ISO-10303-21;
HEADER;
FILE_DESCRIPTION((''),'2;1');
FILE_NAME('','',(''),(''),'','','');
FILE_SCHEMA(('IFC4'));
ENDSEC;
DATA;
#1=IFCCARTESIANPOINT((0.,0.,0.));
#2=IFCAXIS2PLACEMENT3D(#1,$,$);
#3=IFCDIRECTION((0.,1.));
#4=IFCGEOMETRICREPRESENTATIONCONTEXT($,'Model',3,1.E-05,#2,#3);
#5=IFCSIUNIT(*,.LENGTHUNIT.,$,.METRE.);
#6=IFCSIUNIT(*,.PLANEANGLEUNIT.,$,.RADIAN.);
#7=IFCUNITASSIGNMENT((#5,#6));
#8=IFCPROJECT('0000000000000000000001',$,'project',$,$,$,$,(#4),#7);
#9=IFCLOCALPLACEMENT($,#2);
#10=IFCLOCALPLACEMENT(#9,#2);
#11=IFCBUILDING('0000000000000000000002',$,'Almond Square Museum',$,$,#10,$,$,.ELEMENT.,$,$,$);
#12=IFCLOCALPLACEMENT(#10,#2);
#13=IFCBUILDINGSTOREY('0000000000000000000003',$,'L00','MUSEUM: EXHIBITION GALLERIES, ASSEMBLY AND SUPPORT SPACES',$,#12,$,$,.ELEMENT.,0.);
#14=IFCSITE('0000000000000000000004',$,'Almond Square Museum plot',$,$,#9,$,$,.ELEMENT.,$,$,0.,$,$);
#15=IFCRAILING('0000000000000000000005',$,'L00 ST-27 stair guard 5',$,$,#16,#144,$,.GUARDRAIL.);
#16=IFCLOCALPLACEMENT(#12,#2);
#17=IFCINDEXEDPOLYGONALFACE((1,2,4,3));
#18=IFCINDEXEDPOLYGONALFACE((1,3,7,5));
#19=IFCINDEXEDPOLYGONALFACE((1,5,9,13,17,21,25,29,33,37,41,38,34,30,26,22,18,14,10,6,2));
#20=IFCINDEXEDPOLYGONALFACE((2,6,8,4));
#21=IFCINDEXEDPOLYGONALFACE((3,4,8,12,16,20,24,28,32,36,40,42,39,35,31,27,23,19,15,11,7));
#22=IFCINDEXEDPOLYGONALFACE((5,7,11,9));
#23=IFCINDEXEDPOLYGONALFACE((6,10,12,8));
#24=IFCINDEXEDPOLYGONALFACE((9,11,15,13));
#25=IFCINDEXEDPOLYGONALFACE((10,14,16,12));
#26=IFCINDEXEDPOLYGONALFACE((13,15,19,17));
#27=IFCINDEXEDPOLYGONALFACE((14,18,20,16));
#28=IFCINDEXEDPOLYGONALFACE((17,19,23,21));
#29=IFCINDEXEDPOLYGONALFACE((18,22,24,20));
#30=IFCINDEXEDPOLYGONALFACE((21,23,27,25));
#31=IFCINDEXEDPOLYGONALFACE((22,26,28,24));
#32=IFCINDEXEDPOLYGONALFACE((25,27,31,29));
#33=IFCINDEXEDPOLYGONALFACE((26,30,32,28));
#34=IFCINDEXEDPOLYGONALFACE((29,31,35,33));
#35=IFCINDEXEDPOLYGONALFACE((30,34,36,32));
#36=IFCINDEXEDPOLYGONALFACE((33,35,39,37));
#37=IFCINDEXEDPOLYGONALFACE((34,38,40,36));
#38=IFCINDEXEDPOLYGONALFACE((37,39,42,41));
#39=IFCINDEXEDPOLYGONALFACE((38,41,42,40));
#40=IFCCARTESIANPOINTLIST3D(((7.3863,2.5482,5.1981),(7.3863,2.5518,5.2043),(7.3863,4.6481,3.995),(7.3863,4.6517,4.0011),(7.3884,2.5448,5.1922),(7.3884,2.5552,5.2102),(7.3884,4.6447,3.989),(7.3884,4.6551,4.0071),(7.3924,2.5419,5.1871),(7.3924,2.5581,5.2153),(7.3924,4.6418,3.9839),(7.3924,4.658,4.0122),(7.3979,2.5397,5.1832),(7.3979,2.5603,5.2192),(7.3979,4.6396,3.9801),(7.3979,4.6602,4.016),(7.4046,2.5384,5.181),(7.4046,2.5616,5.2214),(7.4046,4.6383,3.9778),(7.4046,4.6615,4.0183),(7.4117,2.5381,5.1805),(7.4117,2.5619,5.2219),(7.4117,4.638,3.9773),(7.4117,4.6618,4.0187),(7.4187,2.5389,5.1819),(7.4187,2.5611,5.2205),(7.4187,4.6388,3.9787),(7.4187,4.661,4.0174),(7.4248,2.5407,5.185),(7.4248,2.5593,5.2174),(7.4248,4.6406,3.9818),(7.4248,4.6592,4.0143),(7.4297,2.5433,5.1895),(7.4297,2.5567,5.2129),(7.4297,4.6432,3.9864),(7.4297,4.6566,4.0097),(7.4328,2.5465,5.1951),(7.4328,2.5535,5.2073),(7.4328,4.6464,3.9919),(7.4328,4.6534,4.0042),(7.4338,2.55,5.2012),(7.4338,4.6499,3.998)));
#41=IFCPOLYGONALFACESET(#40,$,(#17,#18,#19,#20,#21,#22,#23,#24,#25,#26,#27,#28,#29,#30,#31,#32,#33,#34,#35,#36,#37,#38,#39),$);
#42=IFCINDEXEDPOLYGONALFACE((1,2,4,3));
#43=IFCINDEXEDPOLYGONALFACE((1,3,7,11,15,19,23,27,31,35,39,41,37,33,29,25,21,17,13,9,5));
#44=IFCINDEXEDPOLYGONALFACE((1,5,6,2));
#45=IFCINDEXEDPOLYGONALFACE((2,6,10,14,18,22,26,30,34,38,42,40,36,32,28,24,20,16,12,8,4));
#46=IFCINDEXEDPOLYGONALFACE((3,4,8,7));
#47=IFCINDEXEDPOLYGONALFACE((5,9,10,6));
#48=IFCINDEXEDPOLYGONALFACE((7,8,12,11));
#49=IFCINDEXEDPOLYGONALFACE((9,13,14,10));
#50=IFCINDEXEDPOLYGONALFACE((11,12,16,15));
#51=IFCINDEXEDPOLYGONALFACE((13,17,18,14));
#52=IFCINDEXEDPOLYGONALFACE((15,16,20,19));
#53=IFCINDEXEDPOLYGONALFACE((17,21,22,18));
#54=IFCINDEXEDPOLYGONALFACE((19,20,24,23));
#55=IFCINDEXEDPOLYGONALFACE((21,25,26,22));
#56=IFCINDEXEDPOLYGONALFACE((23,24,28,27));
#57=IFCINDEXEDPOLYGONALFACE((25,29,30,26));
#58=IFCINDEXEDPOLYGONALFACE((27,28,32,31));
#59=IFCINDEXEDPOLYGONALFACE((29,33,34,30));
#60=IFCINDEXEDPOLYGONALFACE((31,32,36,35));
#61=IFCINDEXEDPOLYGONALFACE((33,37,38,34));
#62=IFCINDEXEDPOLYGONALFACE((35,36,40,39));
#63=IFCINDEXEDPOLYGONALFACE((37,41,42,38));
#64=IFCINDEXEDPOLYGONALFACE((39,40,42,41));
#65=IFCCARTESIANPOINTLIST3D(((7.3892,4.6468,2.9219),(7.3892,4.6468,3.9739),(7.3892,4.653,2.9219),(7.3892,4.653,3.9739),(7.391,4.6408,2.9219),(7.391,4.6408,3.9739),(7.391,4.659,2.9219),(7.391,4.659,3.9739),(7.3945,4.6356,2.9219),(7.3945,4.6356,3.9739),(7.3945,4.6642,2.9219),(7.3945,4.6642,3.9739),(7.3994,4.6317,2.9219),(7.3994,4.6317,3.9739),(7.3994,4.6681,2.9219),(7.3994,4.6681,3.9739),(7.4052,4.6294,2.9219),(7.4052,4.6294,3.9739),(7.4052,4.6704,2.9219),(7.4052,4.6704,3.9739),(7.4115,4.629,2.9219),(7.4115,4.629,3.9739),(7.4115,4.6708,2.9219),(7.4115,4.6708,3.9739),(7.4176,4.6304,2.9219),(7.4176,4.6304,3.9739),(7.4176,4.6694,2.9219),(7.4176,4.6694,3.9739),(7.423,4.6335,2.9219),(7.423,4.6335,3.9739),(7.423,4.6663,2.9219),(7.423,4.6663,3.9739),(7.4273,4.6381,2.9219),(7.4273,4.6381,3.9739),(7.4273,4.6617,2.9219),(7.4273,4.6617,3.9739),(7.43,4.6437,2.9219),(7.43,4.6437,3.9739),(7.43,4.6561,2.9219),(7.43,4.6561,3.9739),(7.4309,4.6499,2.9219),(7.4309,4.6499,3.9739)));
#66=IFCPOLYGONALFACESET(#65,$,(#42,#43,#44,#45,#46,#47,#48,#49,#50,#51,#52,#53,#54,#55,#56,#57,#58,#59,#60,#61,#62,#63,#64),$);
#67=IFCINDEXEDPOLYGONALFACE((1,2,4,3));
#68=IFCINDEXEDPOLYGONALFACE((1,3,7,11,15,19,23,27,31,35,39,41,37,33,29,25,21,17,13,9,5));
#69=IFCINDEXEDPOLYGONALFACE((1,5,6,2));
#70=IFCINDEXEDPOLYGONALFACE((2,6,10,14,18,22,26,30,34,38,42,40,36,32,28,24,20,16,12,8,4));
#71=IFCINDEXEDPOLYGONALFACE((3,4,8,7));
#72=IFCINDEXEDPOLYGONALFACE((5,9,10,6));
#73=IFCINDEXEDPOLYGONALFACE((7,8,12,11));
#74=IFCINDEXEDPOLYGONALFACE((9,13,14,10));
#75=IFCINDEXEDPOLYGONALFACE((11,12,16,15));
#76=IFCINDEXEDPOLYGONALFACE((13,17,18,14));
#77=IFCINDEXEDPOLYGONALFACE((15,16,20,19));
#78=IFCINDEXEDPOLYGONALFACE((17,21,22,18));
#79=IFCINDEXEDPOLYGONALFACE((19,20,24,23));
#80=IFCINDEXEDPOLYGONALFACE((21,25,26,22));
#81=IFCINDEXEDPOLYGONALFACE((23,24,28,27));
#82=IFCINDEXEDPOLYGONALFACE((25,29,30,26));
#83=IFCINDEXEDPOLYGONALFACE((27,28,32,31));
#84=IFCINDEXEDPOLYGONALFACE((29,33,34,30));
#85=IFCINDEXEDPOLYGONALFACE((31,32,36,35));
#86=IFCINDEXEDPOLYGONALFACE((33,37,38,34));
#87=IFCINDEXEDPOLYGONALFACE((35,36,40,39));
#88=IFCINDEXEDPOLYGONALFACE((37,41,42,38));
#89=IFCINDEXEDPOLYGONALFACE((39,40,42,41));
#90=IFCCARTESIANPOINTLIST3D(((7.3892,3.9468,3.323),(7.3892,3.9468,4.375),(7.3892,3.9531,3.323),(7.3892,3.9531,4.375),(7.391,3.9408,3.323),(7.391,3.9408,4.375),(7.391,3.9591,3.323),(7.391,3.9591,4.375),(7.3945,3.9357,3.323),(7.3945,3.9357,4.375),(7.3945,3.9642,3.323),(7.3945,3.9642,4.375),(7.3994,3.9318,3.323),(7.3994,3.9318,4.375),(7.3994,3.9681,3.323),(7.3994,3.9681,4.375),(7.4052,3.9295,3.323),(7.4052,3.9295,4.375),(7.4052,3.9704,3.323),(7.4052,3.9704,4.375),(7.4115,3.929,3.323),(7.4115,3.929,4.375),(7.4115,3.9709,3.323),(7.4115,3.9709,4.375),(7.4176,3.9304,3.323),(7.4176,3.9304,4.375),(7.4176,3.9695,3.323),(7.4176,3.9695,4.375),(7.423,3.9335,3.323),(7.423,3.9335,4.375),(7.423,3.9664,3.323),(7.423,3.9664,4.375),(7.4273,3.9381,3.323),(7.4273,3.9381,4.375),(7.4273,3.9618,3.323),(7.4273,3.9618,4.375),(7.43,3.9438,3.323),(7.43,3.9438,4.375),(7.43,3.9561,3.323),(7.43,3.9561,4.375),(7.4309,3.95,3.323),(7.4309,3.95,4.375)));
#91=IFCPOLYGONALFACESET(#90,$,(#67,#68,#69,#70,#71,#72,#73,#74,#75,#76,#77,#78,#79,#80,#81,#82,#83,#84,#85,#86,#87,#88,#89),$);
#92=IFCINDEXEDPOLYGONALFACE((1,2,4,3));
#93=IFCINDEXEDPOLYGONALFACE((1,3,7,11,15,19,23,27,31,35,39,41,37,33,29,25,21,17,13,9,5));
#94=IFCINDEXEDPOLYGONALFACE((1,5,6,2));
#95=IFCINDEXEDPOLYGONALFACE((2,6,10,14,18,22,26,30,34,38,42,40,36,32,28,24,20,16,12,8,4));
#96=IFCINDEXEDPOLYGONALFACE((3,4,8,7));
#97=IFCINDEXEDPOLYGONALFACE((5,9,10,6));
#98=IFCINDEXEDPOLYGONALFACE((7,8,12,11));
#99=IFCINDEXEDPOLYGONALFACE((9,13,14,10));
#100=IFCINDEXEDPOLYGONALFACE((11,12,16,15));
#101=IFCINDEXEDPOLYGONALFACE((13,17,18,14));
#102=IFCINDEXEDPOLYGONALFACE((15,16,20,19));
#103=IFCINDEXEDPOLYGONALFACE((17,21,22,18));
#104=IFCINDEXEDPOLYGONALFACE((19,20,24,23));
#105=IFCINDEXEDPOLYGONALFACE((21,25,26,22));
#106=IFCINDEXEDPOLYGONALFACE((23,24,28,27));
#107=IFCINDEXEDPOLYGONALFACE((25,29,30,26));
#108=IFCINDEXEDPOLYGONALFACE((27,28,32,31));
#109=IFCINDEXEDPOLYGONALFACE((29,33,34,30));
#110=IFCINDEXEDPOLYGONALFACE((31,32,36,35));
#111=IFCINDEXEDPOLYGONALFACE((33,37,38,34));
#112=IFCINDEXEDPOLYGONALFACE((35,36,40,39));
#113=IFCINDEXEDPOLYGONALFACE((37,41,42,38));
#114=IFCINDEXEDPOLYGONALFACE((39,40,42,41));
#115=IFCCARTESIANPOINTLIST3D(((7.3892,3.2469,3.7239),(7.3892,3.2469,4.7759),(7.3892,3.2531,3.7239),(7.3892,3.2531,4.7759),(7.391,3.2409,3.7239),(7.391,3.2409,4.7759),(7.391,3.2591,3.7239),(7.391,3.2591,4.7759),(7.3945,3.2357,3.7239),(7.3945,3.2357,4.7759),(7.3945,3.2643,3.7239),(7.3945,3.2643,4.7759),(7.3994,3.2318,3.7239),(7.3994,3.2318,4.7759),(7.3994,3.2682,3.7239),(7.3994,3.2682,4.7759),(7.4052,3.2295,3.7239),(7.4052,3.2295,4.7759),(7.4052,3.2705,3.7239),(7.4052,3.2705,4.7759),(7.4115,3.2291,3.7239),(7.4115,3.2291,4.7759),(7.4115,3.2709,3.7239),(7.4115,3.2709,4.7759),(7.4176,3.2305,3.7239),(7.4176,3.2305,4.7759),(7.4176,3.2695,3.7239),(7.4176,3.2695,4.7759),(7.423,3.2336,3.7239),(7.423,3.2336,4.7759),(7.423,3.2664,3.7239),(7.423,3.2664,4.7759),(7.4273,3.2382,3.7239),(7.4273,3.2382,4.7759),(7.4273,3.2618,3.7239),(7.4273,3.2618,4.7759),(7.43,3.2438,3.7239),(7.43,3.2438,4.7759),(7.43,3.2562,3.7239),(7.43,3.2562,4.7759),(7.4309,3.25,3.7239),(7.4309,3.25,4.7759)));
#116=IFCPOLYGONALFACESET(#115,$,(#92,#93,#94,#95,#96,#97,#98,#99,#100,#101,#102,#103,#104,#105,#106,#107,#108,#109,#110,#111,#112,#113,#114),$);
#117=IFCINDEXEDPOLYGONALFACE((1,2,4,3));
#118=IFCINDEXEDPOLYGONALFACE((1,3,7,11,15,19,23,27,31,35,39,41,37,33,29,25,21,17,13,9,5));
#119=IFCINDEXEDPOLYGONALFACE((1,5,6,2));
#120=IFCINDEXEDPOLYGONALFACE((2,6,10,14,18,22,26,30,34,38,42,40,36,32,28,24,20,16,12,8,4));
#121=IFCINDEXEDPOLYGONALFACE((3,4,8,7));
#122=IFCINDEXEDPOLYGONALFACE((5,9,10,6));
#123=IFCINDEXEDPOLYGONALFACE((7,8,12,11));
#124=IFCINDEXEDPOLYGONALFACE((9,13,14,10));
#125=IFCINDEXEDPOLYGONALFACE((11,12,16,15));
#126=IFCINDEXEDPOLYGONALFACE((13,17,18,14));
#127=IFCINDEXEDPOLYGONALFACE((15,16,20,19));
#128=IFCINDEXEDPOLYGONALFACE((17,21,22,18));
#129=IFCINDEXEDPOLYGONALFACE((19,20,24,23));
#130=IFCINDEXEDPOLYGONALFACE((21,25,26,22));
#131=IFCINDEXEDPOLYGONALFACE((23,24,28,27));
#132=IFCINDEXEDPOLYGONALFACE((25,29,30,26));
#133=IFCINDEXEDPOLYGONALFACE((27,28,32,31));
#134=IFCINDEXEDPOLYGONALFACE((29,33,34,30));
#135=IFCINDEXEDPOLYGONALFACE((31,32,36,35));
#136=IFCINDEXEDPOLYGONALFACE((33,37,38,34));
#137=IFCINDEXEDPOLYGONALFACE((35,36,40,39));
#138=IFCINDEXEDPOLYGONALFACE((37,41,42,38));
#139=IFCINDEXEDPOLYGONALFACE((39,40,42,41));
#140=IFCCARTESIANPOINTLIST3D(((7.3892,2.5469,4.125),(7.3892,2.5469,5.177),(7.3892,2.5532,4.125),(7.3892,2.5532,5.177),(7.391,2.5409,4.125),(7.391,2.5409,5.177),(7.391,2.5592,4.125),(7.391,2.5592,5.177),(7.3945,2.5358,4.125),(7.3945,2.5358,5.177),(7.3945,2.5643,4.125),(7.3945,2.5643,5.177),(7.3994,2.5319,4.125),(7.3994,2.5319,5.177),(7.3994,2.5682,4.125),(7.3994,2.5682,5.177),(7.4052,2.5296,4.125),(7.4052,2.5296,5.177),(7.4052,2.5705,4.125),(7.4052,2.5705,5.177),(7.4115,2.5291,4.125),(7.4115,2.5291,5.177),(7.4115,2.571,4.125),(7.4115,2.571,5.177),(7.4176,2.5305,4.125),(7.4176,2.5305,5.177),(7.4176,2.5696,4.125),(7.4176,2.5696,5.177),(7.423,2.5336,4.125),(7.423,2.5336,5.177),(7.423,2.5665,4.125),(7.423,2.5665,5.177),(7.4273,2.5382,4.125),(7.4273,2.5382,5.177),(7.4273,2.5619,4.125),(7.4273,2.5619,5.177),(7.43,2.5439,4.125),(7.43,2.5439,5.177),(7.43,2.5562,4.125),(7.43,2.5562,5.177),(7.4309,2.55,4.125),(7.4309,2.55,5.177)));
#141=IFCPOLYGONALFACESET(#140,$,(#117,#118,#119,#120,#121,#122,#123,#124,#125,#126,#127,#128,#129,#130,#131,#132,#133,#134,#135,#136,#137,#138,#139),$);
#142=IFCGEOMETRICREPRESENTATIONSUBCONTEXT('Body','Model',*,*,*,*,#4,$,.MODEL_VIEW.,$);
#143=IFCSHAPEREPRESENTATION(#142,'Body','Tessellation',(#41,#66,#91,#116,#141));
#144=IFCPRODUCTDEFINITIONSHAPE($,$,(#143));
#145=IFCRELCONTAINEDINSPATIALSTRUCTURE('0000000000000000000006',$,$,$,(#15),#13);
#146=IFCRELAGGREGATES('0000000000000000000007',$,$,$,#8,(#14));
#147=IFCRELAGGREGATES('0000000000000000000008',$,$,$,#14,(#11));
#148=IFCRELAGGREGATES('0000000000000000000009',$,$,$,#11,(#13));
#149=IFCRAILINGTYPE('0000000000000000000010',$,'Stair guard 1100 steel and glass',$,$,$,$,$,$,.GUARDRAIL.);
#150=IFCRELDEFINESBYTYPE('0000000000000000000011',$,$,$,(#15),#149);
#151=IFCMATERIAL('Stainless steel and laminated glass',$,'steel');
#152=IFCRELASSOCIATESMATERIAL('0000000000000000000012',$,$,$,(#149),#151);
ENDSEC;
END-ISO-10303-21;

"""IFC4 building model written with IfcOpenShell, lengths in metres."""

from ifc_helpers import new_model, si_unit, direction, frame, origin, origin_2d, place, context, subcontext, project, spatial, circle, extrude, material, type_object, element, save


model = new_model("IFC4")

# Units and contexts
model_context = context("Model", 3, precision=1e-05, world=origin(), true_north=direction((0.0, 1.0)))
body_context = subcontext(model_context, "Body", "Model", "MODEL_VIEW")
ifc_project = project(units=[si_unit("LENGTHUNIT", "METRE"), si_unit("PLANEANGLEUNIT", "RADIAN")], contexts=[model_context])

# Site, building, storey
site_placement = place(None, origin())
site = spatial("IfcSite", under=ifc_project, at=site_placement, Name="Almond Square Museum plot", CompositionType="ELEMENT", RefElevation=0.0)
building_placement = place(site_placement, origin())
building = spatial("IfcBuilding", under=site, at=building_placement, Name="Almond Square Museum", CompositionType="ELEMENT")
storey_placement = place(building_placement, origin())
storey = spatial("IfcBuildingStorey", under=building, at=storey_placement, Name="L00", Description="MUSEUM: EXHIBITION GALLERIES, ASSEMBLY AND SUPPORT SPACES", CompositionType="ELEMENT", Elevation=0.0)

# Railing
ifc_material_1 = material(Name="Stainless steel and laminated glass", Category="steel")
railing_type_1 = type_object("IfcRailingType", Name="Stair guard 1100 steel and glass", PredefinedType="GUARDRAIL", material=ifc_material_1)
railing_1_placement = place(storey_placement, frame((7.4099, 4.6499, 2.9219)))
element("IfcRailing", 1, at=railing_1_placement, inside=storey, type_object=railing_type_1, Name="L00 ST-27 stair guard 5", PredefinedType="GUARDRAIL", context=body_context, shape_type="SweptSolid", body=[
    extrude(circle(Radius=0.0239, at=origin_2d()), frame((0.0, 0.0, 1.0762), z_axis=(0.0, -0.867671, 0.497138), x_axis=(1.0, 0.0, 0.0)), (0.0, 0.0, 1.0), 2.4202),
    extrude(circle(Radius=0.021, at=origin_2d()), origin(), (0.0, 0.0, 1.0), 1.052),
    extrude(circle(Radius=0.021, at=origin_2d()), frame((0.0, -0.7, 0.4011)), (0.0, 0.0, 1.0), 1.052),
    extrude(circle(Radius=0.021, at=origin_2d()), frame((0.0, -1.3999, 0.802)), (0.0, 0.0, 1.0), 1.052),
    extrude(circle(Radius=0.021, at=origin_2d()), frame((0.0, -2.0999, 1.2031)), (0.0, 0.0, 1.0), 1.052),
])

save(model, "model.ifc")
